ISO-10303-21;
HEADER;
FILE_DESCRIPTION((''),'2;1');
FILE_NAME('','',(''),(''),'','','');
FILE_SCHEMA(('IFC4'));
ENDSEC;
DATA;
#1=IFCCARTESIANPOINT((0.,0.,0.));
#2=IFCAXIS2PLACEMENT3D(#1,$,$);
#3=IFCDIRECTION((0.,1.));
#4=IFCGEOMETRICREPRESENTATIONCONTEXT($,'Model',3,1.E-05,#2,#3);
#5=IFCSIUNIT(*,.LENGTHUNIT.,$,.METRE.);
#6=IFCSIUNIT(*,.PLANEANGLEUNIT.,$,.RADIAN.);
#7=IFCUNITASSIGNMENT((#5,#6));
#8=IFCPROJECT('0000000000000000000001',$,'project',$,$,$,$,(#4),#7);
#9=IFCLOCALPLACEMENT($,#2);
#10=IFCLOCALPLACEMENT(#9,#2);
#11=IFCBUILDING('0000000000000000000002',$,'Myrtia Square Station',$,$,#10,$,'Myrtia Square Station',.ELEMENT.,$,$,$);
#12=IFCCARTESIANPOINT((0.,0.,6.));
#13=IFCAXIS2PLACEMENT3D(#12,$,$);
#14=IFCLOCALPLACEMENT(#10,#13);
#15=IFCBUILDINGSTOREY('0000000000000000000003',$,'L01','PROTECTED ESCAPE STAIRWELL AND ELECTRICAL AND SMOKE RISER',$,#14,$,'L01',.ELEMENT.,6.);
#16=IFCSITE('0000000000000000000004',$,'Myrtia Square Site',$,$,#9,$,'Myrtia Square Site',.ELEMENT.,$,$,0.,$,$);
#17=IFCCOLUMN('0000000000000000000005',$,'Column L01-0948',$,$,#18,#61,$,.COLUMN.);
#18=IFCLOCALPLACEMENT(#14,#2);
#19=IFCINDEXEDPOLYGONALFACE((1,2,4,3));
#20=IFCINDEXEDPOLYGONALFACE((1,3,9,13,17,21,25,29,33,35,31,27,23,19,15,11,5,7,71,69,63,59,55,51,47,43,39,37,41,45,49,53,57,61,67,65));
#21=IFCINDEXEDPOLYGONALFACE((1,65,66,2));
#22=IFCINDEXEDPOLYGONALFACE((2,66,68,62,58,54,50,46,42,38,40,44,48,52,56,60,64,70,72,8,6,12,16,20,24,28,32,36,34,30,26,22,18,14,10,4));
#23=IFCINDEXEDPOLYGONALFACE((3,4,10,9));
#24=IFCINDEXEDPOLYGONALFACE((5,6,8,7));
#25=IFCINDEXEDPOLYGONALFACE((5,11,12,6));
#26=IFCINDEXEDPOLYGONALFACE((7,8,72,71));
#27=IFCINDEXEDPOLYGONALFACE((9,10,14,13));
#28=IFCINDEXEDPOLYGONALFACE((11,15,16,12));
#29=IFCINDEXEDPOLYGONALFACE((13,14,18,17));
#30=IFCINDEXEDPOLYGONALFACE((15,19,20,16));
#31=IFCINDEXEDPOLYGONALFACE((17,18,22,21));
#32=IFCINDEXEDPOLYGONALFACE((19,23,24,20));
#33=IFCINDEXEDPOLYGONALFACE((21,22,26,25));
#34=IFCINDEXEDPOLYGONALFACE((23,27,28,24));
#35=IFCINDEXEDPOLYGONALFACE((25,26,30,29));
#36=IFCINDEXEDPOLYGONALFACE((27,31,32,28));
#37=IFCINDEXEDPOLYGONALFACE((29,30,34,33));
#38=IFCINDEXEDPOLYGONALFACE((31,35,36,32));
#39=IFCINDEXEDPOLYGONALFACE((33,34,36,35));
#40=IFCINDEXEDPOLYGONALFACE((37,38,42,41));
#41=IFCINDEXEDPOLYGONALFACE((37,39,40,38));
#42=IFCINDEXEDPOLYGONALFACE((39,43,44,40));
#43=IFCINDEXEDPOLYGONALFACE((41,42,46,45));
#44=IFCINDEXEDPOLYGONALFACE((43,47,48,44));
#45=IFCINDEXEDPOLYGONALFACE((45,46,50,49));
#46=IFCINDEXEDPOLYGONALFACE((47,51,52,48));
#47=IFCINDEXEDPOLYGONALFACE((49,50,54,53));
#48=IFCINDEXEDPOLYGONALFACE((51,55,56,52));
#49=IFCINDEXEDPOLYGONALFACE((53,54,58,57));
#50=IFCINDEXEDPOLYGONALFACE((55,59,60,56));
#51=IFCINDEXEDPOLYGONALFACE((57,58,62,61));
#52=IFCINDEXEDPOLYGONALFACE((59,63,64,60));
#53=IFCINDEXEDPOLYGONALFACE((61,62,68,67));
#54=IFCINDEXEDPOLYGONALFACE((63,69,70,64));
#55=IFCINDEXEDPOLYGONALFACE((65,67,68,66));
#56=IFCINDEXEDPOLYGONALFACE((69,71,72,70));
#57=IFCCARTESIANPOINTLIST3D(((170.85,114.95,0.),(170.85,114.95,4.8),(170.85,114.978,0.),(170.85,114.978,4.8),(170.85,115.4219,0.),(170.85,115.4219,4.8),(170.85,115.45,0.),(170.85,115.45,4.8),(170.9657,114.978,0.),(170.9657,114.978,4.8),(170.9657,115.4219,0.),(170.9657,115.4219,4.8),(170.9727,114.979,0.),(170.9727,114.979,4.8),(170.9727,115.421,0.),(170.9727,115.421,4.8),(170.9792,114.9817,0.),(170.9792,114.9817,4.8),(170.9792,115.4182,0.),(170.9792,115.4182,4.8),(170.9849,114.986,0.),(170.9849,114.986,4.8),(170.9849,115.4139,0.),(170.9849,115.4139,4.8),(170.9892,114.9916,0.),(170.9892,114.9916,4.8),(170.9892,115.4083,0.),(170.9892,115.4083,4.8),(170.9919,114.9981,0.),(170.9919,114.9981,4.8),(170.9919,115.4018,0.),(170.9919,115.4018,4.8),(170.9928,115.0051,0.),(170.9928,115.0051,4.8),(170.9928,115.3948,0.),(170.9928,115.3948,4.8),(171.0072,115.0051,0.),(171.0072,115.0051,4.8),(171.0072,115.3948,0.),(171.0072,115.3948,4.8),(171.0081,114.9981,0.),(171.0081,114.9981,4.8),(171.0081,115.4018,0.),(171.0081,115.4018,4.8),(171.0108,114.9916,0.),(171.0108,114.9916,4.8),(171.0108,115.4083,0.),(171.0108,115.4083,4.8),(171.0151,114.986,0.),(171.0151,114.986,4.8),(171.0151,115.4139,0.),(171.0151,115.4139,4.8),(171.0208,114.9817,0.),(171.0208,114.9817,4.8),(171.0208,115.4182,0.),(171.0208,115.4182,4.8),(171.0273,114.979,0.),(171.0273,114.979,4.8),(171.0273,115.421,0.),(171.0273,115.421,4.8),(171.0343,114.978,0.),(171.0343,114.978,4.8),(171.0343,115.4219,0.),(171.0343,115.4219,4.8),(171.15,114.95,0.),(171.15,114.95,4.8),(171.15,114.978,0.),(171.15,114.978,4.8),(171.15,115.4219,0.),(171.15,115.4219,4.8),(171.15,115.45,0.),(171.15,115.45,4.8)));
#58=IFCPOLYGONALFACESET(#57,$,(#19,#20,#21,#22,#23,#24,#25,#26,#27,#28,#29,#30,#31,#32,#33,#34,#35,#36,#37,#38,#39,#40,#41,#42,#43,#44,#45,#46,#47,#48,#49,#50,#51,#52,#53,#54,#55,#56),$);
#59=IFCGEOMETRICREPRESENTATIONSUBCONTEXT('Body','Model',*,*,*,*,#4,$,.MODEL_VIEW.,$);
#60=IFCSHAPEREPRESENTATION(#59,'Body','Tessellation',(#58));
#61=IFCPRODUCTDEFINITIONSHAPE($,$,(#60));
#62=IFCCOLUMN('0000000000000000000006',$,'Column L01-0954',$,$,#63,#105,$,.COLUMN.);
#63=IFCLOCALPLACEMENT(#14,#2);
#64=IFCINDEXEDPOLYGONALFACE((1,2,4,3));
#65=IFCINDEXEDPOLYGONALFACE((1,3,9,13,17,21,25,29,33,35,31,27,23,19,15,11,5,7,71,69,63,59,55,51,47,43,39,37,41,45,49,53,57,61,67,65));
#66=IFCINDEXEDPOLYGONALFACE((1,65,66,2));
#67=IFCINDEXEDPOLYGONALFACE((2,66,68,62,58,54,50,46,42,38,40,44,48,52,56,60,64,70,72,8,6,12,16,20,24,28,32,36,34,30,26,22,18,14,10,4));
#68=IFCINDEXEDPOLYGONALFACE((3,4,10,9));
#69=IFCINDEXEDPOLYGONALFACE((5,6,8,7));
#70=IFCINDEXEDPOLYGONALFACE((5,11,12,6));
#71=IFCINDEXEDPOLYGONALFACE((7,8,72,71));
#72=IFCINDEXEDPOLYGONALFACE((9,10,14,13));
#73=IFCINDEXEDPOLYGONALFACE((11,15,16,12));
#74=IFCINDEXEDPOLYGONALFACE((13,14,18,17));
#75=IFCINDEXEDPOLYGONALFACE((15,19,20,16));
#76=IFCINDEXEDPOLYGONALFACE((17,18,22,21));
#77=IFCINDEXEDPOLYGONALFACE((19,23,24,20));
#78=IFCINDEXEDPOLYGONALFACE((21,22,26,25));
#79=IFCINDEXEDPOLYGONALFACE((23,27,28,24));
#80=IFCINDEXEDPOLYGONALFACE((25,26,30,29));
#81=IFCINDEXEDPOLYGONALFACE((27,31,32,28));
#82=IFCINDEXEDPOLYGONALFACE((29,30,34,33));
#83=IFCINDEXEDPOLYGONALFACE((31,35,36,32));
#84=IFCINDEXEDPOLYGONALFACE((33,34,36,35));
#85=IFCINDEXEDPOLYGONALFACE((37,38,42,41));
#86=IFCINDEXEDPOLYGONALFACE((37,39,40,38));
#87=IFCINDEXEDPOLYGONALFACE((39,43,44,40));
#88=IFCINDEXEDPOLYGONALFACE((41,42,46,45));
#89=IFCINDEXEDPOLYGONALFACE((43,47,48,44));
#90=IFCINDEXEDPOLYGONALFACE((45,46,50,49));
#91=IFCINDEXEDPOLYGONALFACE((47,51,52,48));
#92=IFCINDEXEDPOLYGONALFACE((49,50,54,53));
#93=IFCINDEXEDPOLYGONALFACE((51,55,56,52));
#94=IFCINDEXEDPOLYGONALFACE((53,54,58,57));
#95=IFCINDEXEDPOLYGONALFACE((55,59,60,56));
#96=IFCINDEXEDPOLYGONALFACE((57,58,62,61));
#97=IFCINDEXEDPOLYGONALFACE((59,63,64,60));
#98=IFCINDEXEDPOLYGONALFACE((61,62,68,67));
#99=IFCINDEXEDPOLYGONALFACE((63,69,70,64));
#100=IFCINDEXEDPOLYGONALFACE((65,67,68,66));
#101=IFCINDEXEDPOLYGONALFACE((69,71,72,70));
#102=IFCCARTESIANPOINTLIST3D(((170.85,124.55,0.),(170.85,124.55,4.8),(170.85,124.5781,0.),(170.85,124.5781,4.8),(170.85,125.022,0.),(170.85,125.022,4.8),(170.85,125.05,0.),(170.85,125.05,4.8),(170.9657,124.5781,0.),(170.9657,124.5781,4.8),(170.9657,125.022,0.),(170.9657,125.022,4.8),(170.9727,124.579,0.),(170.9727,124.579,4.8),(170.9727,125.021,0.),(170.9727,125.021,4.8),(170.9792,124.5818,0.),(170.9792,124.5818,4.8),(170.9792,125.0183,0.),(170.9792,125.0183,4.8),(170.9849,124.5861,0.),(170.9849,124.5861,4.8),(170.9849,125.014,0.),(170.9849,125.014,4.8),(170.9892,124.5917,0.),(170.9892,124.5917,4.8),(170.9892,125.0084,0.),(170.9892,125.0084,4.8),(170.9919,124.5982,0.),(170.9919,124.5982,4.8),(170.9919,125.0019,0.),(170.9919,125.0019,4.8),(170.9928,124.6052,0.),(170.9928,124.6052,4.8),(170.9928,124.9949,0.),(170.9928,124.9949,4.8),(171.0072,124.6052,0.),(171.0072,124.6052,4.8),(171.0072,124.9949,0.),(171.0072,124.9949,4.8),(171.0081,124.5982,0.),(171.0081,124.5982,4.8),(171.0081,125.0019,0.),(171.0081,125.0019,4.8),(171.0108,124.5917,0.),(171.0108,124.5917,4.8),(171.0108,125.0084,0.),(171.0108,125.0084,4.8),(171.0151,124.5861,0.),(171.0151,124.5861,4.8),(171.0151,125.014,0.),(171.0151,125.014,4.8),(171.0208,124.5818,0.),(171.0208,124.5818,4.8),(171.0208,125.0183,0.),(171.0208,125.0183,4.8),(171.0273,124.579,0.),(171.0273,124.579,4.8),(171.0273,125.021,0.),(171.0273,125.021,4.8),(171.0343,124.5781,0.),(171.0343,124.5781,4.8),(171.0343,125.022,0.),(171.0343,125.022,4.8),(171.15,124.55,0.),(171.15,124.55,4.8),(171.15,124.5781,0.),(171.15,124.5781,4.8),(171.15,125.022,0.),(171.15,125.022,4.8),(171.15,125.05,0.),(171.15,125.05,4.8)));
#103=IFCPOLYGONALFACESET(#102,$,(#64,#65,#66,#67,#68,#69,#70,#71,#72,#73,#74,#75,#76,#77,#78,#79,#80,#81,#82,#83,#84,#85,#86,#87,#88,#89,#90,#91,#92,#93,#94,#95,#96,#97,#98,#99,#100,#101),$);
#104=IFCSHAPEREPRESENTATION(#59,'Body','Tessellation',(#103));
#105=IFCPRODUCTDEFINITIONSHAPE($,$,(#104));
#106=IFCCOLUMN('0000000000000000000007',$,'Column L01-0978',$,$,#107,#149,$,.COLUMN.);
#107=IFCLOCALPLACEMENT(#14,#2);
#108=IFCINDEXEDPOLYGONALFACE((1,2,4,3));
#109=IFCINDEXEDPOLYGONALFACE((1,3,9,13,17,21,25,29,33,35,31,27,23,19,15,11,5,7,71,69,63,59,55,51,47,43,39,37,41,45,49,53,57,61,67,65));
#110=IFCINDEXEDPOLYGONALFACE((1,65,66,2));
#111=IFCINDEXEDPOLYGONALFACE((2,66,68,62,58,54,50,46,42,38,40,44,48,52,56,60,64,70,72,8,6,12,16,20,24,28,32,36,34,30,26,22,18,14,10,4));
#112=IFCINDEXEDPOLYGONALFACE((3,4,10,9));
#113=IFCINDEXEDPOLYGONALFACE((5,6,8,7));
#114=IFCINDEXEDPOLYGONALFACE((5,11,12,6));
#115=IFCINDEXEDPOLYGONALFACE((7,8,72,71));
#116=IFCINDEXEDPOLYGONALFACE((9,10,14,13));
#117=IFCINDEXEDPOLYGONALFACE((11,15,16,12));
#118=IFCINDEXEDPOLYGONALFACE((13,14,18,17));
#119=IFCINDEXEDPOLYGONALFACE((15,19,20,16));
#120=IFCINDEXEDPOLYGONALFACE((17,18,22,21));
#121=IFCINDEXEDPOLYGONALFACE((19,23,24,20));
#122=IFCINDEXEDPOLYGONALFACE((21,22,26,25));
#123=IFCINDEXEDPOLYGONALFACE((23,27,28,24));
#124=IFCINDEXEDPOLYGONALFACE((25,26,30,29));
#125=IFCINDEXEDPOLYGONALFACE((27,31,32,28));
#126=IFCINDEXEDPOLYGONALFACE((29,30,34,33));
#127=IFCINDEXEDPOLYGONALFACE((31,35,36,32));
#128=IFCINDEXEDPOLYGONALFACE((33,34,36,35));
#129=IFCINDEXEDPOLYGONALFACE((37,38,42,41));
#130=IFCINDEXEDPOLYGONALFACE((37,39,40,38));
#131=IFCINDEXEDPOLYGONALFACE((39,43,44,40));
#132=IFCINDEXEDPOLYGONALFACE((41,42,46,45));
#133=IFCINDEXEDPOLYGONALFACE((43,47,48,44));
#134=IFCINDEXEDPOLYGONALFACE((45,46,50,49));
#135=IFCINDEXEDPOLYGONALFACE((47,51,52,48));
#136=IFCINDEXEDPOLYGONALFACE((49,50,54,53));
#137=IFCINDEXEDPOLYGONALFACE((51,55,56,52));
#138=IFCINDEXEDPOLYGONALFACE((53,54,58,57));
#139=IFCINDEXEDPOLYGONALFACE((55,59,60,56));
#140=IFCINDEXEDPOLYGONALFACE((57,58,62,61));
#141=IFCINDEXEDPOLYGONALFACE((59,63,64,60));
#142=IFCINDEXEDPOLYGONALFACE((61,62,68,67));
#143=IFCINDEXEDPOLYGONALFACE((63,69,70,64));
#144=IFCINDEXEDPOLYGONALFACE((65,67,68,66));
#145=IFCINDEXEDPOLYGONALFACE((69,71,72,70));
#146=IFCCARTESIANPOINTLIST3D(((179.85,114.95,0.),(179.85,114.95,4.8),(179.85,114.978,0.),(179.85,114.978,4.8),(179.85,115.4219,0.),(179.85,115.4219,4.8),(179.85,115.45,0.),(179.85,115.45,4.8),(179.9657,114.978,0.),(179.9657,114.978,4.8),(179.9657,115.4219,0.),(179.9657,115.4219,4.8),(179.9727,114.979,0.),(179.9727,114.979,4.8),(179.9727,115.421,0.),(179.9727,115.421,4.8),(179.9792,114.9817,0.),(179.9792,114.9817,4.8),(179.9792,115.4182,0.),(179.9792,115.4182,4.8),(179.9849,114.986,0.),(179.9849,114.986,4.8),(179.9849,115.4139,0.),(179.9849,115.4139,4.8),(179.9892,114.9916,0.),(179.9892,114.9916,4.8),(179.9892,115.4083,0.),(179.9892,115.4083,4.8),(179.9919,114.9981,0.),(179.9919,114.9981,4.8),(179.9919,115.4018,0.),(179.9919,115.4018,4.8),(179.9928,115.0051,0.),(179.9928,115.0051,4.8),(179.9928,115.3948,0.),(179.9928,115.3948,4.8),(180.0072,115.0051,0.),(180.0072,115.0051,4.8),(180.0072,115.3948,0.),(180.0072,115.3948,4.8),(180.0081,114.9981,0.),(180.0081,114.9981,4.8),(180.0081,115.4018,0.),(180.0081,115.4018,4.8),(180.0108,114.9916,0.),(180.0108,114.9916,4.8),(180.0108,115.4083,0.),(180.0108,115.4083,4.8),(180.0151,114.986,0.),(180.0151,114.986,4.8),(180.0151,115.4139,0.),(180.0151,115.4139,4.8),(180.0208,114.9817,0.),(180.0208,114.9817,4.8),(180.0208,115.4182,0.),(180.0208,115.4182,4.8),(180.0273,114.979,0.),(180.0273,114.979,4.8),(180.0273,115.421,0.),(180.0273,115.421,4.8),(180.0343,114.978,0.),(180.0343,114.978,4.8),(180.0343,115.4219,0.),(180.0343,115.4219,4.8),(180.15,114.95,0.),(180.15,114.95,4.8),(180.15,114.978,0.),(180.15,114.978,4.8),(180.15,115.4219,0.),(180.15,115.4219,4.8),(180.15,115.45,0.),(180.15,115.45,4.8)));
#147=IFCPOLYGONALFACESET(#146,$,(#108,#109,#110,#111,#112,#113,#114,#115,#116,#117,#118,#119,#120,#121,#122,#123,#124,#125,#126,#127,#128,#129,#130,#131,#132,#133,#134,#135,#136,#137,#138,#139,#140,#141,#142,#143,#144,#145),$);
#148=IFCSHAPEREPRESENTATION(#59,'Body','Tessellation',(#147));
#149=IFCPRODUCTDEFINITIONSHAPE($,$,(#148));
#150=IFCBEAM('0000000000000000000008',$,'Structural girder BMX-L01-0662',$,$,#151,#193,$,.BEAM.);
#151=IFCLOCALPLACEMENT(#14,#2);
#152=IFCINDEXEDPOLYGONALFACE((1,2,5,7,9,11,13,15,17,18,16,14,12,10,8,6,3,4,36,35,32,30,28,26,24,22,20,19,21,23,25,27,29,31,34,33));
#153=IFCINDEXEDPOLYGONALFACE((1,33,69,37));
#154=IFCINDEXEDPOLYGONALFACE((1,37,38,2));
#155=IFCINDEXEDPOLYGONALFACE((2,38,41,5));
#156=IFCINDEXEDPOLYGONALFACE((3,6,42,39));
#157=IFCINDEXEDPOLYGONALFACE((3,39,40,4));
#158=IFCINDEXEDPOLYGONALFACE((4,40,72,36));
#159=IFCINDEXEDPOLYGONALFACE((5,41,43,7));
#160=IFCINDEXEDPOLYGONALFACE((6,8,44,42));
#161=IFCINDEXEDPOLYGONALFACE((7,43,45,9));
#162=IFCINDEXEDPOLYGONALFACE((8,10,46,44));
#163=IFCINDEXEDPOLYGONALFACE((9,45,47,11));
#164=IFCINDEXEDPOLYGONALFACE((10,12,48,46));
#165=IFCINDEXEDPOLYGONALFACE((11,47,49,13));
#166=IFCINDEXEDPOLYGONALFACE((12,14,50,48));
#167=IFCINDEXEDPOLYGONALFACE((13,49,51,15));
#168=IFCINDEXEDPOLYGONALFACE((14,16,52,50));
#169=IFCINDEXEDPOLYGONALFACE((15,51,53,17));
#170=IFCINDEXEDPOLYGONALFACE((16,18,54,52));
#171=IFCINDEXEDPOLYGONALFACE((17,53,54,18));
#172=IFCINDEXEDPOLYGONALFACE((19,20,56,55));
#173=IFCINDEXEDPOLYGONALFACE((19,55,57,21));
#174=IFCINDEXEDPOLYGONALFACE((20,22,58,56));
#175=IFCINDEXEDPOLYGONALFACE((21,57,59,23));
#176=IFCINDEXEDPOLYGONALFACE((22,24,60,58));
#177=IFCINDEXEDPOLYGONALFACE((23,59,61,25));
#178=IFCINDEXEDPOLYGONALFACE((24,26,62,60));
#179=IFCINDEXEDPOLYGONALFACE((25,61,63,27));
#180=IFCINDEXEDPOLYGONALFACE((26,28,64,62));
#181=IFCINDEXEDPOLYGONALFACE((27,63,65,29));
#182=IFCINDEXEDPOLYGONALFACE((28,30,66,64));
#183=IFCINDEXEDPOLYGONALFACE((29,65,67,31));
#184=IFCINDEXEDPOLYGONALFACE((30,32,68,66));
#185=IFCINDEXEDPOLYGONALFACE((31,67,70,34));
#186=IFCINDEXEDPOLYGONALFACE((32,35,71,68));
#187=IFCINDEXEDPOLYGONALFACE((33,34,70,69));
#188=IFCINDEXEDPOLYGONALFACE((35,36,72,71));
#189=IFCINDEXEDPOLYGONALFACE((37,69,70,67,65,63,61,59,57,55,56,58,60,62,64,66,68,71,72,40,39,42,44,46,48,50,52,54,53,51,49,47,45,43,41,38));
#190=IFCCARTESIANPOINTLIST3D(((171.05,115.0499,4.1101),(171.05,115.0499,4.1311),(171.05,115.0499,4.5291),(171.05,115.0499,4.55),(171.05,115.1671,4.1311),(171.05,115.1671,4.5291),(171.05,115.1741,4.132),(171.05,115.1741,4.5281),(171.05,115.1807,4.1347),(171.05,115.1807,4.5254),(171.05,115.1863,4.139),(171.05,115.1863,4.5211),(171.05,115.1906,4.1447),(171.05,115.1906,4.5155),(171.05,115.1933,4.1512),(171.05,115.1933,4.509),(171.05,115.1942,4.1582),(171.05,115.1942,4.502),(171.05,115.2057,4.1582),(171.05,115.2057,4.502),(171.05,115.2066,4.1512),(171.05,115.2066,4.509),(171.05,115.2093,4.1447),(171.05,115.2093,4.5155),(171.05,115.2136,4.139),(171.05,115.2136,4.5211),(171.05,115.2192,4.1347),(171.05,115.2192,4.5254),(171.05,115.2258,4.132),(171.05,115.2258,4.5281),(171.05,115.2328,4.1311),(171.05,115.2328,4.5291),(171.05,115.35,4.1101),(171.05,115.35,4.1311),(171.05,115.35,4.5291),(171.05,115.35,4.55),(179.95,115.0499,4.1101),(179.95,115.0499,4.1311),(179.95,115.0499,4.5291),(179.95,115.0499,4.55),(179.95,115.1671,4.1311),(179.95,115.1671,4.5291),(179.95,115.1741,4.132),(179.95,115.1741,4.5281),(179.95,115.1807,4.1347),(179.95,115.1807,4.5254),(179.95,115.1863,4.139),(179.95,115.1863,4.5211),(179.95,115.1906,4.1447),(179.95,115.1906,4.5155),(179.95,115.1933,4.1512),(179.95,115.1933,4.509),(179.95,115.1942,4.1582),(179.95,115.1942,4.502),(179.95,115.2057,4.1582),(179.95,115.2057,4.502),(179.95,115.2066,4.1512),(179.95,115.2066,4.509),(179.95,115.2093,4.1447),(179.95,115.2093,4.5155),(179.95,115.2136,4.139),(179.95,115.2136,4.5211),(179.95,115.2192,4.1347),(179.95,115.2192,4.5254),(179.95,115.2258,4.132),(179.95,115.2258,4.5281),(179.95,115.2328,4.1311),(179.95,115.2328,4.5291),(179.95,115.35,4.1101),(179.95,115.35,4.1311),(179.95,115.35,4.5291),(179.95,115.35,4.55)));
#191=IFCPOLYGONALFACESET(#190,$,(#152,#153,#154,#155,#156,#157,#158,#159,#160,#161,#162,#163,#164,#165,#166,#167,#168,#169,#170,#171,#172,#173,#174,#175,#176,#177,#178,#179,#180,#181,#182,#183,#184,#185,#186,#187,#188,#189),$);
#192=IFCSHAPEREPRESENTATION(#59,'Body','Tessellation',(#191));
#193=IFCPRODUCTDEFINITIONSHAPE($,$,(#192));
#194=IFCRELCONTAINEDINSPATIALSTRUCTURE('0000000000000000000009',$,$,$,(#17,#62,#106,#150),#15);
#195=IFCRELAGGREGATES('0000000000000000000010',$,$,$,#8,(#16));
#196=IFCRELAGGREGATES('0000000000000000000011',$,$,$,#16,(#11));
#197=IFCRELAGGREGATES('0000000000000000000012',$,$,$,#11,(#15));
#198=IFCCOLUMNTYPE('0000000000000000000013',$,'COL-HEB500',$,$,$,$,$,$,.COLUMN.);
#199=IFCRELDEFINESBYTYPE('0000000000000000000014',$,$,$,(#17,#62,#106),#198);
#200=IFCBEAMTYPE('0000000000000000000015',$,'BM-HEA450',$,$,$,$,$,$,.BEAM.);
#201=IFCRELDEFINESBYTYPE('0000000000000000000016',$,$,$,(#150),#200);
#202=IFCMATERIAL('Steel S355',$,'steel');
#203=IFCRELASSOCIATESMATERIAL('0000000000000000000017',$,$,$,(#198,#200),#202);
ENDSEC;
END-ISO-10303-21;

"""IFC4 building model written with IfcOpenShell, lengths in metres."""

from ifc_helpers import new_model, si_unit, direction, frame, origin, origin_2d, place, context, subcontext, project, spatial, i_section, extrude, material, material_profile, profile_set, type_object, element, save


model = new_model("IFC4")

# Units and contexts
model_context = context("Model", 3, precision=1e-05, world=origin(), true_north=direction((0.0, 1.0)))
body_context = subcontext(model_context, "Body", "Model", "MODEL_VIEW")
ifc_project = project(units=[si_unit("LENGTHUNIT", "METRE"), si_unit("PLANEANGLEUNIT", "RADIAN")], contexts=[model_context])

# Site, building, storey
site_placement = place(None, origin())
site = spatial("IfcSite", under=ifc_project, at=site_placement, Name="Myrtia Square Site", LongName="Myrtia Square Site", CompositionType="ELEMENT", RefElevation=0.0)
building_placement = place(site_placement, origin())
building = spatial("IfcBuilding", under=site, at=building_placement, Name="Myrtia Square Station", LongName="Myrtia Square Station", CompositionType="ELEMENT")
storey_placement = place(building_placement, frame((0.0, 0.0, 6.0)))
storey = spatial("IfcBuildingStorey", under=building, at=storey_placement, Name="L01", Description="PROTECTED ESCAPE STAIRWELL AND ELECTRICAL AND SMOKE RISER", LongName="L01", CompositionType="ELEMENT", Elevation=6.0)

# Columns
ifc_material_1 = material(Name="Steel S355", Category="steel")
ifc_material_profile_1 = material_profile(ifc_material_1, i_section(OverallWidth=0.3, OverallDepth=0.5, WebThickness=0.0144, FlangeThickness=0.0281, FilletRadius=0.0271, at=origin_2d()), Name="HEB 500")
ifc_profile_set_1 = profile_set([ifc_material_profile_1], Name="Steel S355")
column_type = type_object("IfcColumnType", Name="COL-HEB500", PredefinedType="COLUMN", material=ifc_profile_set_1)
for number, where, z_axis, x_axis, name in (
    (1, (171.0, 115.2, 0.0), (0.0, 0.0, 1.0), (1.0, 0.0, 0.0), "Column L01-0948"),
    (2, (171.0, 124.8, 0.0), (0.0, 0.0, 1.0), (1.0, 0.0, 0.0), "Column L01-0954"),
    (3, (180.0, 115.2, 0.0), (0.0, 0.0, 1.0), (1.0, 0.0, 0.0), "Column L01-0978"),
):
    element("IfcColumn", number, at=place(storey_placement, frame(where, z_axis=z_axis, x_axis=x_axis)), inside=storey, type_object=column_type, Name=name, PredefinedType="COLUMN", context=body_context, shape_type="SweptSolid", body=[
        extrude(i_section(OverallWidth=0.3, OverallDepth=0.5, WebThickness=0.0144, FlangeThickness=0.0281, FilletRadius=0.0271, at=origin_2d()), origin(), (0.0, 0.0, 1.0), 4.8),
    ])

# Beam
ifc_material_profile_2 = material_profile(ifc_material_1, i_section(OverallWidth=0.3, OverallDepth=0.4399, WebThickness=0.0115, FlangeThickness=0.021, FilletRadius=0.0271, at=origin_2d()), Name="HEA 450")
ifc_profile_set_2 = profile_set([ifc_material_profile_2], Name="Steel S355")
beam_type_1 = type_object("IfcBeamType", Name="BM-HEA450", PredefinedType="BEAM", material=ifc_profile_set_2)
beam_1_placement = place(storey_placement, frame((171.05, 115.2, 4.3301), z_axis=(1.0, 0.0, 0.0), x_axis=(0.0, 1.0, 0.0)))
element("IfcBeam", 4, at=beam_1_placement, inside=storey, type_object=beam_type_1, Name="Structural girder BMX-L01-0662", PredefinedType="BEAM", context=body_context, shape_type="SweptSolid", body=[
    extrude(i_section(OverallWidth=0.3, OverallDepth=0.4399, WebThickness=0.0115, FlangeThickness=0.021, FilletRadius=0.0271, at=origin_2d()), origin(), (0.0, 0.0, 1.0), 8.8999),
])

save(model, "model.ifc")
